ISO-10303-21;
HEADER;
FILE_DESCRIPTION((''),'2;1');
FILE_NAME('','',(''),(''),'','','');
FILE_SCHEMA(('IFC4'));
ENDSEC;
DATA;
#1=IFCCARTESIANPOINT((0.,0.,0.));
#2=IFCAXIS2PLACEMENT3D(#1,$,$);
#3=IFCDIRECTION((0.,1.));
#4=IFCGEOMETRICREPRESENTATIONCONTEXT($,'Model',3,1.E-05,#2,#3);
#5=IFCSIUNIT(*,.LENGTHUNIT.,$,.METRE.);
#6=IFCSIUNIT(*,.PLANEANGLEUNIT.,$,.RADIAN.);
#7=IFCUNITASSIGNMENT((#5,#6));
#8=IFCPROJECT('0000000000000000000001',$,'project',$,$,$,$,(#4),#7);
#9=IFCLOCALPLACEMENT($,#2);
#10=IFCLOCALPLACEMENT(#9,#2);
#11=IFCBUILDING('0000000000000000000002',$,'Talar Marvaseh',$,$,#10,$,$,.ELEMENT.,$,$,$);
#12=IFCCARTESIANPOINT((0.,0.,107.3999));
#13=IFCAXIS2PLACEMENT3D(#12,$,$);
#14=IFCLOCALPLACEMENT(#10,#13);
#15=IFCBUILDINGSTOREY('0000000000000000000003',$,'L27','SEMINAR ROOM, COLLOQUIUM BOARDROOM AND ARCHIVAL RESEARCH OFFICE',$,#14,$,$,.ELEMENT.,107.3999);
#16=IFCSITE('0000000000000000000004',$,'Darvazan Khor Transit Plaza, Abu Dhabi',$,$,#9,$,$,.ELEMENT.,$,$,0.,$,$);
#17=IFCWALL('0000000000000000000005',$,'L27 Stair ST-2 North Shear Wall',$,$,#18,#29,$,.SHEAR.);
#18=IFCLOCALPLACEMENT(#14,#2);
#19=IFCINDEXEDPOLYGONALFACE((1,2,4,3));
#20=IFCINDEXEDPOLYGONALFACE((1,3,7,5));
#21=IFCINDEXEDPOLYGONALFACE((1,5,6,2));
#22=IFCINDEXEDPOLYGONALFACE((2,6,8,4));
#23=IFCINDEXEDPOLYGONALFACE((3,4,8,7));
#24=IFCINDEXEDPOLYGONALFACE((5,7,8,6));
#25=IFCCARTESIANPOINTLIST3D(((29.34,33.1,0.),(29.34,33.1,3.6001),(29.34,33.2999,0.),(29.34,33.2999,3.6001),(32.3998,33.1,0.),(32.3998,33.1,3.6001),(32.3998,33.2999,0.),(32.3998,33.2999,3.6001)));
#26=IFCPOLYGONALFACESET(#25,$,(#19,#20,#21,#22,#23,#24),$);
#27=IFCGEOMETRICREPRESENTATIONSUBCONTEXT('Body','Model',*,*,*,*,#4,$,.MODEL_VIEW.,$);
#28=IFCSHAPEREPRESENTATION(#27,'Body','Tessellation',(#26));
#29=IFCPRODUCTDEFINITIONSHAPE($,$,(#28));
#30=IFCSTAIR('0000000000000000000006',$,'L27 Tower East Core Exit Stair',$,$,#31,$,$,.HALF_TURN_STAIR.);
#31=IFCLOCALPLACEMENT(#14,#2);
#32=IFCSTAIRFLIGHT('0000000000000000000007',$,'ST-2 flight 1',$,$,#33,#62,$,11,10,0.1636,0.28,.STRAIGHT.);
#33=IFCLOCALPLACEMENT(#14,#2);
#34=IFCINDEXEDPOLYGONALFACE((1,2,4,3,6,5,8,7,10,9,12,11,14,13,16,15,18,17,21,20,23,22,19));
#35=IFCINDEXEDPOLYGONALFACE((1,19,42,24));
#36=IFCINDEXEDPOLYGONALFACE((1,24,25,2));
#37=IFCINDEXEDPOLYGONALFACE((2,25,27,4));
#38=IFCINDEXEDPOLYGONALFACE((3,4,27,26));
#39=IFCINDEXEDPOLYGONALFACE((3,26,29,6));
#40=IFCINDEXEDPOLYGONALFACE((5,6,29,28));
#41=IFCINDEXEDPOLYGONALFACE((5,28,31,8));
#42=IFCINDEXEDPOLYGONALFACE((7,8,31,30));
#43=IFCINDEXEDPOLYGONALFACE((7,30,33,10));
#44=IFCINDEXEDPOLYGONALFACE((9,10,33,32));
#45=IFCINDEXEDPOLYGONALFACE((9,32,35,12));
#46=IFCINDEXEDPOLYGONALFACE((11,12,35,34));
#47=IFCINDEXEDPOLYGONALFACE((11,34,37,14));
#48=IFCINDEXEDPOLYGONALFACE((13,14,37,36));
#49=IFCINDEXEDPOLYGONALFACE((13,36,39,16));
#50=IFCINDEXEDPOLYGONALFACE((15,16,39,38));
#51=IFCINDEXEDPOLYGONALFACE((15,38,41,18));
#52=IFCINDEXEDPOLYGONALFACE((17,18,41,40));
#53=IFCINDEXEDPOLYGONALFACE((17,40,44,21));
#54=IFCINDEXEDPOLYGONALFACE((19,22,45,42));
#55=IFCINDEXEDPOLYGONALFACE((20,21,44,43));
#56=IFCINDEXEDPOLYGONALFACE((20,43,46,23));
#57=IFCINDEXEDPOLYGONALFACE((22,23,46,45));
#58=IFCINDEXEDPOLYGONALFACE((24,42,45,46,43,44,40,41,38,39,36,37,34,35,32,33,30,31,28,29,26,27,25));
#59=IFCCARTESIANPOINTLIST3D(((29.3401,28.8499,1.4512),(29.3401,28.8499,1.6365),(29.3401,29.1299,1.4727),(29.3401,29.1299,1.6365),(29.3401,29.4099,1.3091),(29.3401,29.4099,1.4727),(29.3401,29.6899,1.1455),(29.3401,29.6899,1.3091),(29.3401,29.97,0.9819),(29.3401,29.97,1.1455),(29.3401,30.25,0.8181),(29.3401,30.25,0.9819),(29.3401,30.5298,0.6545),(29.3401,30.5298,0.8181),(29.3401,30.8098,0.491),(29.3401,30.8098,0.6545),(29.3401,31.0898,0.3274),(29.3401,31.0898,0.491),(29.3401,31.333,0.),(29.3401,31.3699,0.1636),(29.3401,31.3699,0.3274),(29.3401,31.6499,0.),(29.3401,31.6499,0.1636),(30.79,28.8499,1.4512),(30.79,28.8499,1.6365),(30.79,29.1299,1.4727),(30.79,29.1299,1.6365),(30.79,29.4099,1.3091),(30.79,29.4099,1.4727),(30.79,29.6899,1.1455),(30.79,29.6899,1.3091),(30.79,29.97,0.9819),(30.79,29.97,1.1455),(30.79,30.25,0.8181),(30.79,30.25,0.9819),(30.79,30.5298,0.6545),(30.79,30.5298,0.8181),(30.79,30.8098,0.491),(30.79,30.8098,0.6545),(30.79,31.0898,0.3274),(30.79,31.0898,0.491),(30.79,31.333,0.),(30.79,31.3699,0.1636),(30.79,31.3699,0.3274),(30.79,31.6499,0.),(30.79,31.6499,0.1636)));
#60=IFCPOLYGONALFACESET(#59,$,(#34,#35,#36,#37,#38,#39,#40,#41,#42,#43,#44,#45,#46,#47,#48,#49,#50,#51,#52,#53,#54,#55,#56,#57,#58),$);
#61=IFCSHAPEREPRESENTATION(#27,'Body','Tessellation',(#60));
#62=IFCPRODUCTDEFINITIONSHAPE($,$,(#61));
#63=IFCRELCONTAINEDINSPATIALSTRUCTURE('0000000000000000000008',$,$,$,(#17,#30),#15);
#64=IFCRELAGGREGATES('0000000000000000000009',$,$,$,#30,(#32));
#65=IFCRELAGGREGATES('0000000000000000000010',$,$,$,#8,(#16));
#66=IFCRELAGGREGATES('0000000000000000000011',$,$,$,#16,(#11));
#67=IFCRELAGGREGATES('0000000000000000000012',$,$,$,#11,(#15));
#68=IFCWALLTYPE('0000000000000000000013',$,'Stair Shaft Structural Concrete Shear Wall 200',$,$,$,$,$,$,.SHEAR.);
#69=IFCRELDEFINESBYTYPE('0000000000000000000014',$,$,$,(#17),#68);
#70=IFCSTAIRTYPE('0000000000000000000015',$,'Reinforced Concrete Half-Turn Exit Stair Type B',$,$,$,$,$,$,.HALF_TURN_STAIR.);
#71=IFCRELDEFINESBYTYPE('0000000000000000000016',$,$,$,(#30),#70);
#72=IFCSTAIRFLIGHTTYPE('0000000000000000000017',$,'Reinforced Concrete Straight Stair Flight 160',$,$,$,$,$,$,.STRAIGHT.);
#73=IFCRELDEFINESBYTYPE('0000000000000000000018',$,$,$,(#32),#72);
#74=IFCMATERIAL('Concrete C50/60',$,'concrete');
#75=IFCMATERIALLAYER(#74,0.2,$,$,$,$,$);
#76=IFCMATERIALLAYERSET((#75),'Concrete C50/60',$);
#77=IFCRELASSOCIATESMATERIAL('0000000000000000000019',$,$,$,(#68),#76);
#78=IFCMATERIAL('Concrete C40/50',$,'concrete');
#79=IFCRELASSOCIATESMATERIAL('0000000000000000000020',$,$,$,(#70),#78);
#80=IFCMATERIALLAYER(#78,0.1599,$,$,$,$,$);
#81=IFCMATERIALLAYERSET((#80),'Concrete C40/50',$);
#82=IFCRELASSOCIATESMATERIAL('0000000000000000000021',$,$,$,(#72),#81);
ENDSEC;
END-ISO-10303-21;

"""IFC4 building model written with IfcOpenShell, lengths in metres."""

from ifc_helpers import new_model, si_unit, direction, frame, frame_2d, origin, place, context, subcontext, project, spatial, polyline, rectangle, outline, extrude, material, layer, layer_set, type_object, element, aggregate, save


model = new_model("IFC4")

# Units and contexts
model_context = context("Model", 3, precision=1e-05, world=origin(), true_north=direction((0.0, 1.0)))
body_context = subcontext(model_context, "Body", "Model", "MODEL_VIEW")
ifc_project = project(units=[si_unit("LENGTHUNIT", "METRE"), si_unit("PLANEANGLEUNIT", "RADIAN")], contexts=[model_context])

# Site, building, storey
site_placement = place(None, origin())
site = spatial("IfcSite", under=ifc_project, at=site_placement, Name="Darvazan Khor Transit Plaza, Abu Dhabi", CompositionType="ELEMENT", RefElevation=0.0)
building_placement = place(site_placement, origin())
building = spatial("IfcBuilding", under=site, at=building_placement, Name="Talar Marvaseh", CompositionType="ELEMENT")
storey_placement = place(building_placement, frame((0.0, 0.0, 107.3999)))
storey = spatial("IfcBuildingStorey", under=building, at=storey_placement, Name="L27", Description="SEMINAR ROOM, COLLOQUIUM BOARDROOM AND ARCHIVAL RESEARCH OFFICE", CompositionType="ELEMENT", Elevation=107.3999)

# Shared definitions
ifc_material_1 = material(Name="Concrete C40/50", Category="concrete")

# Wall
ifc_material_2 = material(Name="Concrete C50/60", Category="concrete")
ifc_layer_1 = layer(ifc_material_2, 0.2)
ifc_layer_set_1 = layer_set([ifc_layer_1], Name="Concrete C50/60")
wall_type_1 = type_object("IfcWallType", Name="Stair Shaft Structural Concrete Shear Wall 200", PredefinedType="SHEAR", material=ifc_layer_set_1)
wall_1_placement = place(storey_placement, frame((29.3401, 33.2, 0.0), z_axis=(0.0, 0.0, 1.0), x_axis=(1.0, 0.0, 0.0)))
element("IfcWall", 1, at=wall_1_placement, inside=storey, type_object=wall_type_1, Name="L27 Stair ST-2 North Shear Wall", PredefinedType="SHEAR", context=body_context, shape_type="SweptSolid", body=[
    extrude(rectangle(XDim=3.0598, YDim=0.2, at=frame_2d((1.5298, 0.0))), origin(), (0.0, 0.0, 1.0), 3.6001),
])

# Stair, stair flight
stair_type = type_object("IfcStairType", Name="Reinforced Concrete Half-Turn Exit Stair Type B", PredefinedType="HALF_TURN_STAIR", material=ifc_material_1)
stair_placement = place(storey_placement, origin())
stair = element("IfcStair", 2, at=stair_placement, inside=storey, type_object=stair_type, Name="L27 Tower East Core Exit Stair", PredefinedType="HALF_TURN_STAIR")
ifc_layer_2 = layer(ifc_material_1, 0.1599)
ifc_layer_set_2 = layer_set([ifc_layer_2], Name="Concrete C40/50")
stair_flight_type = type_object("IfcStairFlightType", Name="Reinforced Concrete Straight Stair Flight 160", PredefinedType="STRAIGHT", material=ifc_layer_set_2)
stair_flight_placement = place(storey_placement, frame((30.0649, 31.6499, 0.0), z_axis=(0.0, 0.0, 1.0), x_axis=(0.0, -1.0, 0.0)))
stair_flight = element("IfcStairFlight", 3, at=stair_flight_placement, type_object=stair_flight_type, Name="ST-2 flight 1", NumberOfRisers=11, NumberOfTreads=10, PredefinedType="STRAIGHT", RiserHeight=0.1636, TreadLength=0.28, context=body_context, shape_type="SweptSolid", body=[
    extrude(outline(polyline([(0.0, 0.0), (0.0, 0.1636), (0.28, 0.1636), (0.28, 0.3274), (0.5601, 0.3274), (0.5601, 0.491), (0.8401, 0.491), (0.8401, 0.6545), (1.1201, 0.6545), (1.1201, 0.8181), (1.3999, 0.8181), (1.3999, 0.9819), (1.6799, 0.9819), (1.6799, 1.1455), (1.96, 1.1455), (1.96, 1.3091), (2.24, 1.3091), (2.24, 1.4727), (2.52, 1.4727), (2.52, 1.6365), (2.8, 1.6365), (2.8, 1.8), (2.8, 1.4512), (0.3169, 0.0), (0.0, 0.0)])), frame((0.0, 0.7251, 0.0), z_axis=(0.0, -1.0, 0.0), x_axis=(1.0, 0.0, 0.0)), (0.0, 0.0, 1.0), 1.45),
])
aggregate(stair, [stair_flight])

save(model, "model.ifc")
